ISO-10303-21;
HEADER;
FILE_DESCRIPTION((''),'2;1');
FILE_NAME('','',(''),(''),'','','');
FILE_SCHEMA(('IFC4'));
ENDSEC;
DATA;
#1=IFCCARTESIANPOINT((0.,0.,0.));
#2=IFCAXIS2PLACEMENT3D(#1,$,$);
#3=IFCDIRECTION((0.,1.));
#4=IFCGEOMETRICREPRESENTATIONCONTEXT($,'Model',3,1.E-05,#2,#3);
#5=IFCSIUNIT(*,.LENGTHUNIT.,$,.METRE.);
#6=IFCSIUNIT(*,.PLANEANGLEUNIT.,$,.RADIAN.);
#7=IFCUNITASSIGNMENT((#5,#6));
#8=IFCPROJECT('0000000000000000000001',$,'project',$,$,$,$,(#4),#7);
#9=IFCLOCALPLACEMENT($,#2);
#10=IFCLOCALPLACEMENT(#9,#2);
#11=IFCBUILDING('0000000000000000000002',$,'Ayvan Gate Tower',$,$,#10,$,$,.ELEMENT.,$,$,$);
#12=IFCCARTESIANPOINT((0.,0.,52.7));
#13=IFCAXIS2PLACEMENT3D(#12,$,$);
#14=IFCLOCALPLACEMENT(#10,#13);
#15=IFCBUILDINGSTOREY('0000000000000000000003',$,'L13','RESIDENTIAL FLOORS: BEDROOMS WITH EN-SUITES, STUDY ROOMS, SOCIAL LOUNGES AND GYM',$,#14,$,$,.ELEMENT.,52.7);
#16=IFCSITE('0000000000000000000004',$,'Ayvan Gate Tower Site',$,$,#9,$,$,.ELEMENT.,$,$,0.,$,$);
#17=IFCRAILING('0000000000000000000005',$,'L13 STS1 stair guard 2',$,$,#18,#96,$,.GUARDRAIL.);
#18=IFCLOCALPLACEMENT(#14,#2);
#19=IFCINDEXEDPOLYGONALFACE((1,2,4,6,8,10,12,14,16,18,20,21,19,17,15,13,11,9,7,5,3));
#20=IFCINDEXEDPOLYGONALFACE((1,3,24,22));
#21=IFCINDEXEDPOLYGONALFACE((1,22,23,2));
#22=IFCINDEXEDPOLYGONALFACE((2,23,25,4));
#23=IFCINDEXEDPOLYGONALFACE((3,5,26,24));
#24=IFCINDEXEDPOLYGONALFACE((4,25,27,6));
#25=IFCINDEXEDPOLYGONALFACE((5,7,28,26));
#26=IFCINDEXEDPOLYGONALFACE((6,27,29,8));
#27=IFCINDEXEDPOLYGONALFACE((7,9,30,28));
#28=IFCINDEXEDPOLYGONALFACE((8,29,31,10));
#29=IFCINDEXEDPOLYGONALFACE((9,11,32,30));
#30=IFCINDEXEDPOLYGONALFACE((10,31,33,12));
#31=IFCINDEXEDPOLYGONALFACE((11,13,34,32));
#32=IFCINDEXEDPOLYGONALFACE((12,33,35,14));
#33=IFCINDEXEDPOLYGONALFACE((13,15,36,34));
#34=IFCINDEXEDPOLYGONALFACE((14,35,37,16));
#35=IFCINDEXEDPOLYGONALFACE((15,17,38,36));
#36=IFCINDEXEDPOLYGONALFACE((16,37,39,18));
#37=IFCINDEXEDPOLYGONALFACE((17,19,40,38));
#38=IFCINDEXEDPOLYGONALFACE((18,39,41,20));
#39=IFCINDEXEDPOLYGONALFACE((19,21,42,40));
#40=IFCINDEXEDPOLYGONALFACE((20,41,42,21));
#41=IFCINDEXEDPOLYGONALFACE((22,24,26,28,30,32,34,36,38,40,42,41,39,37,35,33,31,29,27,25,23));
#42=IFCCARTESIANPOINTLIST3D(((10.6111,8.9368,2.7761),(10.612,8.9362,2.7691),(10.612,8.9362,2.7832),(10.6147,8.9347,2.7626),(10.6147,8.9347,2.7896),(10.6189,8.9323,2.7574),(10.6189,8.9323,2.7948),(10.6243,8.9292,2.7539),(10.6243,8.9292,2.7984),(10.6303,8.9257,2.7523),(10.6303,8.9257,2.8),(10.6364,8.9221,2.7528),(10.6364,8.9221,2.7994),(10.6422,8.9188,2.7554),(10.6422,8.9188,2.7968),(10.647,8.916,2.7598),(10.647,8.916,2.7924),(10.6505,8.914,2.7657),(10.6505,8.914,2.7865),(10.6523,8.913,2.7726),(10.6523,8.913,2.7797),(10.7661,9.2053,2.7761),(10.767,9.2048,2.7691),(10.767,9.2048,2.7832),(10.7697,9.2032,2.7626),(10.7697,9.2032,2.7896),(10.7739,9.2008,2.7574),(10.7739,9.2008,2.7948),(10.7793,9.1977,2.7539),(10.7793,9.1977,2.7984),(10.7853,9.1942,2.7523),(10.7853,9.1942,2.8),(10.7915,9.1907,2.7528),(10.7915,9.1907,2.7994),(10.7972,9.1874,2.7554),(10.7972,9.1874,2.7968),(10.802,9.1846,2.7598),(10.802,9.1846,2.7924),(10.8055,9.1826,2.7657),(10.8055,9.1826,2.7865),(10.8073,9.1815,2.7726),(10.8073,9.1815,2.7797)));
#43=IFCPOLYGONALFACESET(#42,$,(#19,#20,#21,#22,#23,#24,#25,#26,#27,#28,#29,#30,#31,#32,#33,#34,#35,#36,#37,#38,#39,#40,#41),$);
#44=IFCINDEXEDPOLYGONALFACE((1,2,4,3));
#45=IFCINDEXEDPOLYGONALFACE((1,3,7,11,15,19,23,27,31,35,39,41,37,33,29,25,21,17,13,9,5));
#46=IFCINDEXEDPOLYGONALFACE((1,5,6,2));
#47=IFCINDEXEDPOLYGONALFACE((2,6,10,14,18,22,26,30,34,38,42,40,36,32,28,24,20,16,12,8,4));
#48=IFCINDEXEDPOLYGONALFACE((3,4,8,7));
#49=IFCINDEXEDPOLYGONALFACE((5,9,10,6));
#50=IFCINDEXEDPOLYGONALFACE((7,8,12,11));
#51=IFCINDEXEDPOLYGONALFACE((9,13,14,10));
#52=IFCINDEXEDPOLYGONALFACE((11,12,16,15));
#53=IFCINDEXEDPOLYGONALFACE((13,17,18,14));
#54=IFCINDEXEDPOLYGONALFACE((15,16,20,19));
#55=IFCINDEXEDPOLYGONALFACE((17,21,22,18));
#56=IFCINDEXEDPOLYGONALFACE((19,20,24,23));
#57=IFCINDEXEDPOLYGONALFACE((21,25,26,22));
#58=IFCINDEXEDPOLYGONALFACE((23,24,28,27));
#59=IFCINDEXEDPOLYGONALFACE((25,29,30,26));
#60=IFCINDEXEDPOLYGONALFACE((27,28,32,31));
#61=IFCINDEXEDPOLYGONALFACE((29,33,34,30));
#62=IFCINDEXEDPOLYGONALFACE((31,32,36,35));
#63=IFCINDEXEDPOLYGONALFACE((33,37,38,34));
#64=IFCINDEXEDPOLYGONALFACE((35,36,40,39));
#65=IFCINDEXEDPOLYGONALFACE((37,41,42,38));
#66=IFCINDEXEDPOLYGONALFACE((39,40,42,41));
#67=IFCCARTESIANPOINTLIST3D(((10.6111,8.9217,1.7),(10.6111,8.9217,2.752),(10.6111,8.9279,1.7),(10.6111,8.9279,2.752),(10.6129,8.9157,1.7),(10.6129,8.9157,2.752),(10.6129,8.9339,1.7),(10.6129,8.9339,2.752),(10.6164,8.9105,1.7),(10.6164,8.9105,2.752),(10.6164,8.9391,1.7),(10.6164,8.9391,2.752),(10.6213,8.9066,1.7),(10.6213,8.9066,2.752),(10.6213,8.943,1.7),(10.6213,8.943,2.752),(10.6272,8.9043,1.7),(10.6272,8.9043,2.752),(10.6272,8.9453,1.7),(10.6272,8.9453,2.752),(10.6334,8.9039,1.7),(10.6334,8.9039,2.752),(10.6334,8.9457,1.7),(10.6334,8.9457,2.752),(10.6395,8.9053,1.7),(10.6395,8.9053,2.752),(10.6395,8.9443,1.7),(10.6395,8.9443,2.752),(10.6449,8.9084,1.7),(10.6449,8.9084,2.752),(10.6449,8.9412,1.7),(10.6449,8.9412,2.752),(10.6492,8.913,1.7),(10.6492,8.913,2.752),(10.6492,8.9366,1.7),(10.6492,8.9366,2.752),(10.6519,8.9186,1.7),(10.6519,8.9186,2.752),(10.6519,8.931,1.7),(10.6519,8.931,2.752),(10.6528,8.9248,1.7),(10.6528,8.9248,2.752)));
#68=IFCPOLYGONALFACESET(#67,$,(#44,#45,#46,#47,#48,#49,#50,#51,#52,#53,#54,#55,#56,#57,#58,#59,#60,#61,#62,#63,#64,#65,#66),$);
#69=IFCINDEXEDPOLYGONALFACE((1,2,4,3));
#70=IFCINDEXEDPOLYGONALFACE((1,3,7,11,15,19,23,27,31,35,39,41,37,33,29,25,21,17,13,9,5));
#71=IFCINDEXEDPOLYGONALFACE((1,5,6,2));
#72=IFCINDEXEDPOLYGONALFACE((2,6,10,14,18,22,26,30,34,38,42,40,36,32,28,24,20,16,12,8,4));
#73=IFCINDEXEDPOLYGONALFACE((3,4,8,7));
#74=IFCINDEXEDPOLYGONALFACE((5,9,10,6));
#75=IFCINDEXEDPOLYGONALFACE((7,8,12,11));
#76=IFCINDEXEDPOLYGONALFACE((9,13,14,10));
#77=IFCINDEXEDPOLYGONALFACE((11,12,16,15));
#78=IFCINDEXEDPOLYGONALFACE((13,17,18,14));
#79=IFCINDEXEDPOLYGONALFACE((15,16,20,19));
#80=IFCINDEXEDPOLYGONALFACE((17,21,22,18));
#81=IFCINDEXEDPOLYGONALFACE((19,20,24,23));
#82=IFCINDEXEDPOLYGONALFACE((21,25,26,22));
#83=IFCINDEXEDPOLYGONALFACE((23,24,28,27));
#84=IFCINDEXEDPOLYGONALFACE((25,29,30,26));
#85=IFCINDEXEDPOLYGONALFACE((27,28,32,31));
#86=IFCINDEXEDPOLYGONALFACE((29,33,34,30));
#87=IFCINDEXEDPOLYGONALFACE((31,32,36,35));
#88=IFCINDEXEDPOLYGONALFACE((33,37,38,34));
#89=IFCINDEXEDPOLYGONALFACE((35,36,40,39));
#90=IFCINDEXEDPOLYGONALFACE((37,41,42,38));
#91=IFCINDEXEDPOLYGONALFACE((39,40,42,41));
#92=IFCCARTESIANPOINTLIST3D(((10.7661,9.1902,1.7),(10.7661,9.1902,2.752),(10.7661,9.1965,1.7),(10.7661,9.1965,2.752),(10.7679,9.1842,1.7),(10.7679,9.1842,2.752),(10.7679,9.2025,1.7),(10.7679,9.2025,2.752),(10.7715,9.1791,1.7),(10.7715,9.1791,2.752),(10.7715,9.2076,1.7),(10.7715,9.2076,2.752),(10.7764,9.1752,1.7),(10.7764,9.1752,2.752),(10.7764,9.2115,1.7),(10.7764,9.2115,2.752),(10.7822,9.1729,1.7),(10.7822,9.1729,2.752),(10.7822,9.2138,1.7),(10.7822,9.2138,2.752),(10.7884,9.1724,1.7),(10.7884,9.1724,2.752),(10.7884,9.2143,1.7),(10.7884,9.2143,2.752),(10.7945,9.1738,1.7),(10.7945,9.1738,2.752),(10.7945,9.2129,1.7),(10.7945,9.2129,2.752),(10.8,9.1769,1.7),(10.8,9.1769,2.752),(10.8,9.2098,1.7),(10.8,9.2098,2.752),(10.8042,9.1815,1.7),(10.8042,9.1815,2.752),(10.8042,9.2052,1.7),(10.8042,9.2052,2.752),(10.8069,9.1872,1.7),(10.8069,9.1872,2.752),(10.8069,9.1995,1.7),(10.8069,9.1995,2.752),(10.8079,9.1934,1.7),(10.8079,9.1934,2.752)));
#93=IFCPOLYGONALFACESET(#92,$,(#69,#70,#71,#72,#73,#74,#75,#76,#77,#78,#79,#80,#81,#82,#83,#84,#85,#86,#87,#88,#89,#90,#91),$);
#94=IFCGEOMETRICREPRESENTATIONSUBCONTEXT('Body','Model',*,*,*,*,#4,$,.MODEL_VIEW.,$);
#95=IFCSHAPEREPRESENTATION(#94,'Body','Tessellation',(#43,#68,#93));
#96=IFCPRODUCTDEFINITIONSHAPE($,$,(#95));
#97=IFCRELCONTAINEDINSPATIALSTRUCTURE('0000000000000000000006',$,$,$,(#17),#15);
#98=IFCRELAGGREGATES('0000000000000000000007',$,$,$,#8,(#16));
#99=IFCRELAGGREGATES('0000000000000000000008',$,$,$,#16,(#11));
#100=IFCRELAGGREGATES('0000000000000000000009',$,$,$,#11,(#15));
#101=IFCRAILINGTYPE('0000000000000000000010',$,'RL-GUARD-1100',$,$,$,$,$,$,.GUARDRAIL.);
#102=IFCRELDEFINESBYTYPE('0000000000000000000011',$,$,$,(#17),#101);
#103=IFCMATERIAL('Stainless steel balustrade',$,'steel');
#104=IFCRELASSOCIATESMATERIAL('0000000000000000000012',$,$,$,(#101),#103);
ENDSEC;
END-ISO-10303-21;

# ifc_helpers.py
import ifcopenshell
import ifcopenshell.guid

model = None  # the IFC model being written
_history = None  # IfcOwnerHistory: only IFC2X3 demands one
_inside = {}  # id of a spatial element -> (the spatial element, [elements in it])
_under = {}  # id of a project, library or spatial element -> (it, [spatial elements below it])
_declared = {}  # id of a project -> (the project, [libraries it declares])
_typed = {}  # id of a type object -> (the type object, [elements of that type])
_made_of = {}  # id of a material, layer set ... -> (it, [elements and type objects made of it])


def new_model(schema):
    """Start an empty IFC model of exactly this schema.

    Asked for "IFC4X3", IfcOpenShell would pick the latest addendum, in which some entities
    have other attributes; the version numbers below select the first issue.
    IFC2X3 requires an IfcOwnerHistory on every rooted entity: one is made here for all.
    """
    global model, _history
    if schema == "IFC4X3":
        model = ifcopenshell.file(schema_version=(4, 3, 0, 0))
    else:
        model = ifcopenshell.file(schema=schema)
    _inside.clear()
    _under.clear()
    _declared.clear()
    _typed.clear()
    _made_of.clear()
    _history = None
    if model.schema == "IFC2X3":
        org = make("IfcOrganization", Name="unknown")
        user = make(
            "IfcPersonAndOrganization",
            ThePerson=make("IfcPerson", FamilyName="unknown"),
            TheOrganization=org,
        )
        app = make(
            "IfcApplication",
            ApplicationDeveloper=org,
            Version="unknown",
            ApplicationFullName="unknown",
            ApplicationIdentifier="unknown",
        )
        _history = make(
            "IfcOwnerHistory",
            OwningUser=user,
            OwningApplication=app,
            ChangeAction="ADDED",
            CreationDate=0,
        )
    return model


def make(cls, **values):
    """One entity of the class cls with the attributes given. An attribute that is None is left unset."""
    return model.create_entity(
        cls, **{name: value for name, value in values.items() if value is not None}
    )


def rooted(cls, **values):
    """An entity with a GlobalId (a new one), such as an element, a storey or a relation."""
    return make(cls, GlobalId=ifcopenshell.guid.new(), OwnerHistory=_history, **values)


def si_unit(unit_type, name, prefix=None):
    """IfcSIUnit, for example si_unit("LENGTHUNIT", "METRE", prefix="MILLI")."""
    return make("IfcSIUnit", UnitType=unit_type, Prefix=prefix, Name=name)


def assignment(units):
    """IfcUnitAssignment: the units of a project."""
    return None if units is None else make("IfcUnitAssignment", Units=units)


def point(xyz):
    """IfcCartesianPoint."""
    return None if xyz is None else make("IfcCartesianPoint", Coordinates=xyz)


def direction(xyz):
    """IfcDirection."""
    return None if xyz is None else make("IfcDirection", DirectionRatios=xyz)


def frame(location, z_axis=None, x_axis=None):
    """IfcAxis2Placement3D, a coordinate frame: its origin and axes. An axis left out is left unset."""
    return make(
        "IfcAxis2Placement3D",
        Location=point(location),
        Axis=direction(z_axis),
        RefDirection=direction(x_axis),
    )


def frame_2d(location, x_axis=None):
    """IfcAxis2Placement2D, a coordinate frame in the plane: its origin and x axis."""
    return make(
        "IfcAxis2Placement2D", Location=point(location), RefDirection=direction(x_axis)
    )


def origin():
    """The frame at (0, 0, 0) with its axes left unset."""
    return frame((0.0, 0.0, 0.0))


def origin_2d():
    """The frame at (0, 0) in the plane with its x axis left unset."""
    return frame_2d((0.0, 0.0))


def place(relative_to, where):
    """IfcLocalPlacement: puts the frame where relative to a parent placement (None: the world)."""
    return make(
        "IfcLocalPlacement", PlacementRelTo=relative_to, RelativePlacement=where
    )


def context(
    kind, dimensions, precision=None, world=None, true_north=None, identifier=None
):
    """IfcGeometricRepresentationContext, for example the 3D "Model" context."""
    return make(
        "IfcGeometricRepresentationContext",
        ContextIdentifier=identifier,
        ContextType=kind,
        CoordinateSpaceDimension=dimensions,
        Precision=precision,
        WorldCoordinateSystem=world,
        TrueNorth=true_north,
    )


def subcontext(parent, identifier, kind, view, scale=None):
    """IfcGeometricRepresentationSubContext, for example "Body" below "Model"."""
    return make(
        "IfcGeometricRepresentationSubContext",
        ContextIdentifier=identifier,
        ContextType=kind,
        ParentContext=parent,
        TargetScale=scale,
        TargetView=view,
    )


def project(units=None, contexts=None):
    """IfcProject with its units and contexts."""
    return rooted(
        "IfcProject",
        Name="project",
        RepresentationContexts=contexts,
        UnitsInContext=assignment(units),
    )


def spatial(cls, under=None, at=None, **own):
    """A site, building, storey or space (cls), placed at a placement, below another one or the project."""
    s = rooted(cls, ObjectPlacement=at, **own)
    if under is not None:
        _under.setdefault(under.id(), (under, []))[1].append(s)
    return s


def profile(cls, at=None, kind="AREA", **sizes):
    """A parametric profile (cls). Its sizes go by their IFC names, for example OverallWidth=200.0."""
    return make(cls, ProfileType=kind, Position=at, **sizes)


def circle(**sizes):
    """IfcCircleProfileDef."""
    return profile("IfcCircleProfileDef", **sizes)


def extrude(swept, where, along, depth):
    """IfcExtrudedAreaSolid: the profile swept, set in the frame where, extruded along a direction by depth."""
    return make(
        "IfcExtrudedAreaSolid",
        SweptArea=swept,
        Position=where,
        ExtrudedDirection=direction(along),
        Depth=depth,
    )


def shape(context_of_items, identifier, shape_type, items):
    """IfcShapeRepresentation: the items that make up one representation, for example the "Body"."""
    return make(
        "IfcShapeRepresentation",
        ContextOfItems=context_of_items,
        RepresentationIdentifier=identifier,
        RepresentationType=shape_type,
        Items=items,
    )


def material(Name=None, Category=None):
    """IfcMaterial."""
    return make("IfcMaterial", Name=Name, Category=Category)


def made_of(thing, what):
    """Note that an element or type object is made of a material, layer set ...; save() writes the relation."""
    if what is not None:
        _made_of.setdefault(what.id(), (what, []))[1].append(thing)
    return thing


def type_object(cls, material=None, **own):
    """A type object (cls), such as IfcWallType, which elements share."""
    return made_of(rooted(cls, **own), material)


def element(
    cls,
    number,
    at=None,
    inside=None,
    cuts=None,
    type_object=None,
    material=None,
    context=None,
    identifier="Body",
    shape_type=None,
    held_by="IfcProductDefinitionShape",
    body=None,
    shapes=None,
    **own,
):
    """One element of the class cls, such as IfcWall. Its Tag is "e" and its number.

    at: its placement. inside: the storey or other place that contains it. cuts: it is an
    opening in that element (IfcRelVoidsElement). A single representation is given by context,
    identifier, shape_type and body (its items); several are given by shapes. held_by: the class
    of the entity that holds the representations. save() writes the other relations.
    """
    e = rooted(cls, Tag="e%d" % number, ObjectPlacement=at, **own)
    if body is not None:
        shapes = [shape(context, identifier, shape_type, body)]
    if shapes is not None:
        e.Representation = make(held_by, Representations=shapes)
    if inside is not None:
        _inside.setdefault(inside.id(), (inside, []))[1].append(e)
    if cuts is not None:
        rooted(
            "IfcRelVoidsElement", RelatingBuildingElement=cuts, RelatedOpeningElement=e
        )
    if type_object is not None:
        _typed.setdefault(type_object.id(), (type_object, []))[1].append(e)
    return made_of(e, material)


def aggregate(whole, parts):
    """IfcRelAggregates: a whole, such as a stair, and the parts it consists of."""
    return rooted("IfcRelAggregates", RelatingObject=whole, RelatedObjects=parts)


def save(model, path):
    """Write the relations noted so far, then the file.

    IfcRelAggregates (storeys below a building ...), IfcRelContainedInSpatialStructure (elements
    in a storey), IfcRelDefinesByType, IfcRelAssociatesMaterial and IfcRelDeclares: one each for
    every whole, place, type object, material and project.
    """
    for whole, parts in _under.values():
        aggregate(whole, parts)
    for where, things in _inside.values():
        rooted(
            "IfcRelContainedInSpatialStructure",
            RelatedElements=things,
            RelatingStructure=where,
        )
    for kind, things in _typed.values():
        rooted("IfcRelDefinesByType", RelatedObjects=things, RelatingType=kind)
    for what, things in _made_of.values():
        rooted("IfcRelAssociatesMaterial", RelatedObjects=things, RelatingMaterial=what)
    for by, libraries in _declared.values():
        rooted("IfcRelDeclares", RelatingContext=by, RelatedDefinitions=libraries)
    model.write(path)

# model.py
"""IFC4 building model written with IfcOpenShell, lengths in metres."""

from ifc_helpers import new_model, si_unit, direction, frame, origin, origin_2d, place, context, subcontext, project, spatial, circle, extrude, material, type_object, element, save


model = new_model("IFC4")

# Units and contexts
model_context = context("Model", 3, precision=1e-05, world=origin(), true_north=direction((0.0, 1.0)))
body_context = subcontext(model_context, "Body", "Model", "MODEL_VIEW")
ifc_project = project(units=[si_unit("LENGTHUNIT", "METRE"), si_unit("PLANEANGLEUNIT", "RADIAN")], contexts=[model_context])

# Site, building, storey
site_placement = place(None, origin())
site = spatial("IfcSite", under=ifc_project, at=site_placement, Name="Ayvan Gate Tower Site", CompositionType="ELEMENT", RefElevation=0.0)
building_placement = place(site_placement, origin())
building = spatial("IfcBuilding", under=site, at=building_placement, Name="Ayvan Gate Tower", CompositionType="ELEMENT")
storey_placement = place(building_placement, frame((0.0, 0.0, 52.7)))
storey = spatial("IfcBuildingStorey", under=building, at=storey_placement, Name="L13", Description="RESIDENTIAL FLOORS: BEDROOMS WITH EN-SUITES, STUDY ROOMS, SOCIAL LOUNGES AND GYM", CompositionType="ELEMENT", Elevation=52.7)

# Railing
ifc_material_1 = material(Name="Stainless steel balustrade", Category="steel")
railing_type_1 = type_object("IfcRailingType", Name="RL-GUARD-1100", PredefinedType="GUARDRAIL", material=ifc_material_1)
railing_1_placement = place(storey_placement, frame((10.6318, 8.9248, 1.7)))
element("IfcRailing", 1, at=railing_1_placement, inside=storey, type_object=railing_type_1, Name="L13 STS1 stair guard 2", PredefinedType="GUARDRAIL", context=body_context, shape_type="SweptSolid", body=[
    extrude(circle(Radius=0.0239, at=origin_2d()), frame((0.0, 0.0, 1.0762), z_axis=(0.49995, 0.866054, 0.0), x_axis=(-0.866054, 0.49995, 0.0)), (0.0, 0.0, 1.0), 0.3101),
    extrude(circle(Radius=0.021, at=origin_2d()), origin(), (0.0, 0.0, 1.0), 1.052),
    extrude(circle(Radius=0.021, at=origin_2d()), frame((0.155, 0.2686, 0.0)), (0.0, 0.0, 1.0), 1.052),
])

save(model, "model.ifc")
